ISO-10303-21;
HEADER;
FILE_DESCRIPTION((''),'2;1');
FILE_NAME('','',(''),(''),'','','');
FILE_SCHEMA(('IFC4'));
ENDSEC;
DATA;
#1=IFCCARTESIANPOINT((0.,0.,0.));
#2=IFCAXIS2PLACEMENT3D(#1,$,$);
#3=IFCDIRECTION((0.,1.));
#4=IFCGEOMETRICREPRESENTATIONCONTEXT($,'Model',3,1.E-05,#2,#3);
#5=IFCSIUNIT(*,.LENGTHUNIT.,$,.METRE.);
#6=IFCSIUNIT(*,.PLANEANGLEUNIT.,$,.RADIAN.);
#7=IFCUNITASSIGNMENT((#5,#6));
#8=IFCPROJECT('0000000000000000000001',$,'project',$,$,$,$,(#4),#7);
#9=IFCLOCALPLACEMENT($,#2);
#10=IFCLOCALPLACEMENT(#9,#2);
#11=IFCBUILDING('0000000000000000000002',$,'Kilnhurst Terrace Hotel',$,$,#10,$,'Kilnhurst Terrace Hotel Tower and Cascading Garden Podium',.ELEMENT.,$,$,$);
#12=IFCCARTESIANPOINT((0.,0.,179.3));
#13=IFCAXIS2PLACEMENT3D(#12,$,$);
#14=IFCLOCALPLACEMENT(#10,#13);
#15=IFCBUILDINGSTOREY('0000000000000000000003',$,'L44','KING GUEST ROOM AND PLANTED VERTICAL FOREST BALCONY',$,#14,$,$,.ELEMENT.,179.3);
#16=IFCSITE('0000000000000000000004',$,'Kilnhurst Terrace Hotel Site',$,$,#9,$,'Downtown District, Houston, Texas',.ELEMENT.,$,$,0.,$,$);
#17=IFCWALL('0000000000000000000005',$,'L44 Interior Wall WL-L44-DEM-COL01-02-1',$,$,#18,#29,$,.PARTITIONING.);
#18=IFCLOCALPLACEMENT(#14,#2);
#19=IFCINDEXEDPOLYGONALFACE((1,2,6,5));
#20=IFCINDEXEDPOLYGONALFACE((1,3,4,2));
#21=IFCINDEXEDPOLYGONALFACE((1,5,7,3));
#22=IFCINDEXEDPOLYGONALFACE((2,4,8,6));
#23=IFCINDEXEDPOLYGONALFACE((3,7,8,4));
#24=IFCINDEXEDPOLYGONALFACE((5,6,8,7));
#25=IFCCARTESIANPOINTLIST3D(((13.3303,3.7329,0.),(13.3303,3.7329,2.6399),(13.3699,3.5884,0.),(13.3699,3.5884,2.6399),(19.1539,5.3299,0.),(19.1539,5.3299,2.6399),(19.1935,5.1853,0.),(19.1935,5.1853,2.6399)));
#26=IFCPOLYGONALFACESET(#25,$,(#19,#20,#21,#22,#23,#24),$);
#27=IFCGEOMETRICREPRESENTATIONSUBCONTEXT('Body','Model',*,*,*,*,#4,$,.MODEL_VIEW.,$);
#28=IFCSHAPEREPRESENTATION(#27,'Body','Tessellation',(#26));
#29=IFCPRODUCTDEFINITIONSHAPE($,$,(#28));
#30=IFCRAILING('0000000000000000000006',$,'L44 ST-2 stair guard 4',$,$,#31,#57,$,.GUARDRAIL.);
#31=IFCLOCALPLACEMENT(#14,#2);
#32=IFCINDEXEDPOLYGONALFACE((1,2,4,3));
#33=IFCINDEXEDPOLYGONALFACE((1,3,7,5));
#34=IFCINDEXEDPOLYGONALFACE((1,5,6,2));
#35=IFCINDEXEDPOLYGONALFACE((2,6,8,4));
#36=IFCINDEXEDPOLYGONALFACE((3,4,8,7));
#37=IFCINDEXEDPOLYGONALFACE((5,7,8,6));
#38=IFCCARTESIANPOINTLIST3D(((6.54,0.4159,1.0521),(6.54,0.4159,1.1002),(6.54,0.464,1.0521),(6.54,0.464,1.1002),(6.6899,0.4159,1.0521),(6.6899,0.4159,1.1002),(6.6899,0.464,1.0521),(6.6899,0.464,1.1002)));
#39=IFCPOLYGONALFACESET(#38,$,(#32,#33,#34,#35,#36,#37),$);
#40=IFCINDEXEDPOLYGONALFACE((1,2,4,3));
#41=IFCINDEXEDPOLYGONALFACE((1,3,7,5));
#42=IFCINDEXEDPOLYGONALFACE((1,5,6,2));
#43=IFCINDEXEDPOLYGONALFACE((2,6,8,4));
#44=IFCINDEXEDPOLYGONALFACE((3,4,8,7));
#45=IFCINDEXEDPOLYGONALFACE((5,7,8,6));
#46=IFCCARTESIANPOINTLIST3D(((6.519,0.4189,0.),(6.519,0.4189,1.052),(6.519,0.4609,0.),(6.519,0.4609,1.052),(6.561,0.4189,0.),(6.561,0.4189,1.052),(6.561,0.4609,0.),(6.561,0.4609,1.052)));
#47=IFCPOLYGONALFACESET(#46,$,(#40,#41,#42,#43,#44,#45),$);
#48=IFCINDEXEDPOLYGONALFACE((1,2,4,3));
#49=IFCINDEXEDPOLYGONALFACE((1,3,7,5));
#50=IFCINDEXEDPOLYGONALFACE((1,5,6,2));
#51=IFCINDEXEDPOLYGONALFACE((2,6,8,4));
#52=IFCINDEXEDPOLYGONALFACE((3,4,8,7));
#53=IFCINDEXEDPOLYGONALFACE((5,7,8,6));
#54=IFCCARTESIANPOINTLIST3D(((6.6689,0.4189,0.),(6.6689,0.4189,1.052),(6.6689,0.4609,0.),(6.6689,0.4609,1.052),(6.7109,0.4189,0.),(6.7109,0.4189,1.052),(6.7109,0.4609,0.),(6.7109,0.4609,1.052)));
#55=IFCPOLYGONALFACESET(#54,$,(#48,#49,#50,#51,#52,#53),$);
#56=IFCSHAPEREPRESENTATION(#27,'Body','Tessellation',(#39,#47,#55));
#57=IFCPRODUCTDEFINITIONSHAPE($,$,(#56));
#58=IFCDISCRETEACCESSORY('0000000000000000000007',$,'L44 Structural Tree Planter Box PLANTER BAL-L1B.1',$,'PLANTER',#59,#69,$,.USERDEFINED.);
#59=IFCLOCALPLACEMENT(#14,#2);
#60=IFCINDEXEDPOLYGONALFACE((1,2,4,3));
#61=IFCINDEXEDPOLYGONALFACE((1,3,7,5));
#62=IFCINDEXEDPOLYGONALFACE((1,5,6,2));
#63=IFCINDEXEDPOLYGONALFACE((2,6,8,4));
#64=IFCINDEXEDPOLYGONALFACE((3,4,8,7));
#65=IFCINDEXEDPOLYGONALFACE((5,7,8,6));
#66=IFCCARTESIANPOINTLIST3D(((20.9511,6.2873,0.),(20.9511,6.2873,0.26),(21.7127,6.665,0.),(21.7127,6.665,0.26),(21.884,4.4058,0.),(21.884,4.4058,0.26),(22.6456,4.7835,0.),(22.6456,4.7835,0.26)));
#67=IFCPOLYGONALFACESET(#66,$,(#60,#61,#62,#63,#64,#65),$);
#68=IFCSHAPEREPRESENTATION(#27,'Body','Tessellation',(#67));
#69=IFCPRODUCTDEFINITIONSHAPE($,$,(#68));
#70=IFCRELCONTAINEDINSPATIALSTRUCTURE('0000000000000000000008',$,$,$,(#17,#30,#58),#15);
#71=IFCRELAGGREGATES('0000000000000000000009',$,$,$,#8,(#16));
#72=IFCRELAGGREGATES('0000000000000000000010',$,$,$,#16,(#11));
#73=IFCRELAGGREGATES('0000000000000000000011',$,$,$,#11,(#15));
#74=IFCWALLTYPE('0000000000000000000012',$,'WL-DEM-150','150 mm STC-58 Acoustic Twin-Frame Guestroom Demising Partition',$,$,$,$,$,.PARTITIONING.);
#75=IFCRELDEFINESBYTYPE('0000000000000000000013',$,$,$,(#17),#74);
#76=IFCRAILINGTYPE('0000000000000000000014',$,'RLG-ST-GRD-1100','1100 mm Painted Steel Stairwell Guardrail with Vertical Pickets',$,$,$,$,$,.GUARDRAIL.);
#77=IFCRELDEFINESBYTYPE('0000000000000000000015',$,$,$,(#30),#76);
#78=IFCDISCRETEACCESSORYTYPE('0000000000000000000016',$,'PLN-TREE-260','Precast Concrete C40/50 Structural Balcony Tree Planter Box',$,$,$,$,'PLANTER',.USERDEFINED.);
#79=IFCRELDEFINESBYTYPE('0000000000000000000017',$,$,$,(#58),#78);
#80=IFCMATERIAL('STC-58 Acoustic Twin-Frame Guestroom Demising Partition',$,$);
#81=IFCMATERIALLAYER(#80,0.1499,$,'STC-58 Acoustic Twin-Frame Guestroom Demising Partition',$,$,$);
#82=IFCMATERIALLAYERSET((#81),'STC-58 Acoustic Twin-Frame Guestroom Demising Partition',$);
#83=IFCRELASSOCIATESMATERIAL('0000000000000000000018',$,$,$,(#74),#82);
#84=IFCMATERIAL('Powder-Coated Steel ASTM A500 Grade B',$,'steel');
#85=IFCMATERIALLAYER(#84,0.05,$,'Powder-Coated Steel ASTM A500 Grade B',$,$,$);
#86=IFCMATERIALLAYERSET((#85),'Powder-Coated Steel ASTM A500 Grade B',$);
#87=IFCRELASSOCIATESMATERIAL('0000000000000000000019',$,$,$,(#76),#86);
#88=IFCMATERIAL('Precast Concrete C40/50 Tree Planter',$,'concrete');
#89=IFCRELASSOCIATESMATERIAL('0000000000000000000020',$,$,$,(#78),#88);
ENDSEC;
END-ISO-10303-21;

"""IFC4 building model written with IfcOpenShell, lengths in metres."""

from ifc_helpers import new_model, si_unit, direction, frame, frame_2d, origin, origin_2d, place, context, subcontext, project, spatial, rectangle, extrude, material, layer, layer_set, type_object, element, save


model = new_model("IFC4")

# Units and contexts
model_context = context("Model", 3, precision=1e-05, world=origin(), true_north=direction((0.0, 1.0)))
body_context = subcontext(model_context, "Body", "Model", "MODEL_VIEW")
ifc_project = project(units=[si_unit("LENGTHUNIT", "METRE"), si_unit("PLANEANGLEUNIT", "RADIAN")], contexts=[model_context])

# Site, building, storey
site_placement = place(None, origin())
site = spatial("IfcSite", under=ifc_project, at=site_placement, Name="Kilnhurst Terrace Hotel Site", LongName="Downtown District, Houston, Texas", CompositionType="ELEMENT", RefElevation=0.0)
building_placement = place(site_placement, origin())
building = spatial("IfcBuilding", under=site, at=building_placement, Name="Kilnhurst Terrace Hotel", LongName="Kilnhurst Terrace Hotel Tower and Cascading Garden Podium", CompositionType="ELEMENT")
storey_placement = place(building_placement, frame((0.0, 0.0, 179.3)))
storey = spatial("IfcBuildingStorey", under=building, at=storey_placement, Name="L44", Description="KING GUEST ROOM AND PLANTED VERTICAL FOREST BALCONY", CompositionType="ELEMENT", Elevation=179.3)

# Wall
ifc_material_1 = material(Name="STC-58 Acoustic Twin-Frame Guestroom Demising Partition")
ifc_layer_1 = layer(ifc_material_1, 0.1499, Name="STC-58 Acoustic Twin-Frame Guestroom Demising Partition")
ifc_layer_set_1 = layer_set([ifc_layer_1], Name="STC-58 Acoustic Twin-Frame Guestroom Demising Partition")
wall_type_1 = type_object("IfcWallType", Name="WL-DEM-150", Description="150 mm STC-58 Acoustic Twin-Frame Guestroom Demising Partition", PredefinedType="PARTITIONING", material=ifc_layer_set_1)
wall_1_placement = place(storey_placement, frame((13.3501, 3.6606, 0.0), z_axis=(0.0, 0.0, 1.0), x_axis=(0.964397, 0.264458, 0.0)))
element("IfcWall", 1, at=wall_1_placement, inside=storey, type_object=wall_type_1, Name="L44 Interior Wall WL-L44-DEM-COL01-02-1", PredefinedType="PARTITIONING", context=body_context, shape_type="SweptSolid", body=[
    extrude(rectangle(XDim=6.0386, YDim=0.1499, at=frame_2d((3.0193, 0.0))), origin(), (0.0, 0.0, 1.0), 2.6399),
])

# Railing
ifc_material_2 = material(Name="Powder-Coated Steel ASTM A500 Grade B", Category="steel")
ifc_layer_2 = layer(ifc_material_2, 0.05, Name="Powder-Coated Steel ASTM A500 Grade B")
ifc_layer_set_2 = layer_set([ifc_layer_2], Name="Powder-Coated Steel ASTM A500 Grade B")
railing_type = type_object("IfcRailingType", Name="RLG-ST-GRD-1100", Description="1100 mm Painted Steel Stairwell Guardrail with Vertical Pickets", PredefinedType="GUARDRAIL", material=ifc_layer_set_2)
railing_placement = place(storey_placement, frame((6.54, 0.4399, 0.0)))
element("IfcRailing", 2, at=railing_placement, inside=storey, type_object=railing_type, Name="L44 ST-2 stair guard 4", PredefinedType="GUARDRAIL", context=body_context, shape_type="SweptSolid", body=[
    extrude(rectangle(XDim=0.0481, YDim=0.0481, at=origin_2d()), frame((0.0, 0.0, 1.0762), z_axis=(1.0, 0.0, 0.0), x_axis=(0.0, 1.0, 0.0)), (0.0, 0.0, 1.0), 0.1499),
    extrude(rectangle(XDim=0.042, YDim=0.042, at=origin_2d()), origin(), (0.0, 0.0, 1.0), 1.052),
    extrude(rectangle(XDim=0.042, YDim=0.042, at=origin_2d()), frame((0.1499, 0.0, 0.0)), (0.0, 0.0, 1.0), 1.052),
])

# Discrete accessory
ifc_material_3 = material(Name="Precast Concrete C40/50 Tree Planter", Category="concrete")
discrete_accessory_type = type_object("IfcDiscreteAccessoryType", Name="PLN-TREE-260", Description="Precast Concrete C40/50 Structural Balcony Tree Planter Box", ElementType="PLANTER", PredefinedType="USERDEFINED", material=ifc_material_3)
discrete_accessory_placement = place(storey_placement, frame((21.7983, 5.5354, 0.0), z_axis=(0.0, 0.0, 1.0), x_axis=(-0.444244, 0.895906, 0.0)))
element("IfcDiscreteAccessory", 3, at=discrete_accessory_placement, inside=storey, type_object=discrete_accessory_type, Name="L44 Structural Tree Planter Box PLANTER BAL-L1B.1", ObjectType="PLANTER", PredefinedType="USERDEFINED", context=body_context, shape_type="SweptSolid", body=[
    extrude(rectangle(XDim=2.1001, YDim=0.8501, at=origin_2d()), origin(), (0.0, 0.0, 1.0), 0.26),
])

save(model, "model.ifc")
